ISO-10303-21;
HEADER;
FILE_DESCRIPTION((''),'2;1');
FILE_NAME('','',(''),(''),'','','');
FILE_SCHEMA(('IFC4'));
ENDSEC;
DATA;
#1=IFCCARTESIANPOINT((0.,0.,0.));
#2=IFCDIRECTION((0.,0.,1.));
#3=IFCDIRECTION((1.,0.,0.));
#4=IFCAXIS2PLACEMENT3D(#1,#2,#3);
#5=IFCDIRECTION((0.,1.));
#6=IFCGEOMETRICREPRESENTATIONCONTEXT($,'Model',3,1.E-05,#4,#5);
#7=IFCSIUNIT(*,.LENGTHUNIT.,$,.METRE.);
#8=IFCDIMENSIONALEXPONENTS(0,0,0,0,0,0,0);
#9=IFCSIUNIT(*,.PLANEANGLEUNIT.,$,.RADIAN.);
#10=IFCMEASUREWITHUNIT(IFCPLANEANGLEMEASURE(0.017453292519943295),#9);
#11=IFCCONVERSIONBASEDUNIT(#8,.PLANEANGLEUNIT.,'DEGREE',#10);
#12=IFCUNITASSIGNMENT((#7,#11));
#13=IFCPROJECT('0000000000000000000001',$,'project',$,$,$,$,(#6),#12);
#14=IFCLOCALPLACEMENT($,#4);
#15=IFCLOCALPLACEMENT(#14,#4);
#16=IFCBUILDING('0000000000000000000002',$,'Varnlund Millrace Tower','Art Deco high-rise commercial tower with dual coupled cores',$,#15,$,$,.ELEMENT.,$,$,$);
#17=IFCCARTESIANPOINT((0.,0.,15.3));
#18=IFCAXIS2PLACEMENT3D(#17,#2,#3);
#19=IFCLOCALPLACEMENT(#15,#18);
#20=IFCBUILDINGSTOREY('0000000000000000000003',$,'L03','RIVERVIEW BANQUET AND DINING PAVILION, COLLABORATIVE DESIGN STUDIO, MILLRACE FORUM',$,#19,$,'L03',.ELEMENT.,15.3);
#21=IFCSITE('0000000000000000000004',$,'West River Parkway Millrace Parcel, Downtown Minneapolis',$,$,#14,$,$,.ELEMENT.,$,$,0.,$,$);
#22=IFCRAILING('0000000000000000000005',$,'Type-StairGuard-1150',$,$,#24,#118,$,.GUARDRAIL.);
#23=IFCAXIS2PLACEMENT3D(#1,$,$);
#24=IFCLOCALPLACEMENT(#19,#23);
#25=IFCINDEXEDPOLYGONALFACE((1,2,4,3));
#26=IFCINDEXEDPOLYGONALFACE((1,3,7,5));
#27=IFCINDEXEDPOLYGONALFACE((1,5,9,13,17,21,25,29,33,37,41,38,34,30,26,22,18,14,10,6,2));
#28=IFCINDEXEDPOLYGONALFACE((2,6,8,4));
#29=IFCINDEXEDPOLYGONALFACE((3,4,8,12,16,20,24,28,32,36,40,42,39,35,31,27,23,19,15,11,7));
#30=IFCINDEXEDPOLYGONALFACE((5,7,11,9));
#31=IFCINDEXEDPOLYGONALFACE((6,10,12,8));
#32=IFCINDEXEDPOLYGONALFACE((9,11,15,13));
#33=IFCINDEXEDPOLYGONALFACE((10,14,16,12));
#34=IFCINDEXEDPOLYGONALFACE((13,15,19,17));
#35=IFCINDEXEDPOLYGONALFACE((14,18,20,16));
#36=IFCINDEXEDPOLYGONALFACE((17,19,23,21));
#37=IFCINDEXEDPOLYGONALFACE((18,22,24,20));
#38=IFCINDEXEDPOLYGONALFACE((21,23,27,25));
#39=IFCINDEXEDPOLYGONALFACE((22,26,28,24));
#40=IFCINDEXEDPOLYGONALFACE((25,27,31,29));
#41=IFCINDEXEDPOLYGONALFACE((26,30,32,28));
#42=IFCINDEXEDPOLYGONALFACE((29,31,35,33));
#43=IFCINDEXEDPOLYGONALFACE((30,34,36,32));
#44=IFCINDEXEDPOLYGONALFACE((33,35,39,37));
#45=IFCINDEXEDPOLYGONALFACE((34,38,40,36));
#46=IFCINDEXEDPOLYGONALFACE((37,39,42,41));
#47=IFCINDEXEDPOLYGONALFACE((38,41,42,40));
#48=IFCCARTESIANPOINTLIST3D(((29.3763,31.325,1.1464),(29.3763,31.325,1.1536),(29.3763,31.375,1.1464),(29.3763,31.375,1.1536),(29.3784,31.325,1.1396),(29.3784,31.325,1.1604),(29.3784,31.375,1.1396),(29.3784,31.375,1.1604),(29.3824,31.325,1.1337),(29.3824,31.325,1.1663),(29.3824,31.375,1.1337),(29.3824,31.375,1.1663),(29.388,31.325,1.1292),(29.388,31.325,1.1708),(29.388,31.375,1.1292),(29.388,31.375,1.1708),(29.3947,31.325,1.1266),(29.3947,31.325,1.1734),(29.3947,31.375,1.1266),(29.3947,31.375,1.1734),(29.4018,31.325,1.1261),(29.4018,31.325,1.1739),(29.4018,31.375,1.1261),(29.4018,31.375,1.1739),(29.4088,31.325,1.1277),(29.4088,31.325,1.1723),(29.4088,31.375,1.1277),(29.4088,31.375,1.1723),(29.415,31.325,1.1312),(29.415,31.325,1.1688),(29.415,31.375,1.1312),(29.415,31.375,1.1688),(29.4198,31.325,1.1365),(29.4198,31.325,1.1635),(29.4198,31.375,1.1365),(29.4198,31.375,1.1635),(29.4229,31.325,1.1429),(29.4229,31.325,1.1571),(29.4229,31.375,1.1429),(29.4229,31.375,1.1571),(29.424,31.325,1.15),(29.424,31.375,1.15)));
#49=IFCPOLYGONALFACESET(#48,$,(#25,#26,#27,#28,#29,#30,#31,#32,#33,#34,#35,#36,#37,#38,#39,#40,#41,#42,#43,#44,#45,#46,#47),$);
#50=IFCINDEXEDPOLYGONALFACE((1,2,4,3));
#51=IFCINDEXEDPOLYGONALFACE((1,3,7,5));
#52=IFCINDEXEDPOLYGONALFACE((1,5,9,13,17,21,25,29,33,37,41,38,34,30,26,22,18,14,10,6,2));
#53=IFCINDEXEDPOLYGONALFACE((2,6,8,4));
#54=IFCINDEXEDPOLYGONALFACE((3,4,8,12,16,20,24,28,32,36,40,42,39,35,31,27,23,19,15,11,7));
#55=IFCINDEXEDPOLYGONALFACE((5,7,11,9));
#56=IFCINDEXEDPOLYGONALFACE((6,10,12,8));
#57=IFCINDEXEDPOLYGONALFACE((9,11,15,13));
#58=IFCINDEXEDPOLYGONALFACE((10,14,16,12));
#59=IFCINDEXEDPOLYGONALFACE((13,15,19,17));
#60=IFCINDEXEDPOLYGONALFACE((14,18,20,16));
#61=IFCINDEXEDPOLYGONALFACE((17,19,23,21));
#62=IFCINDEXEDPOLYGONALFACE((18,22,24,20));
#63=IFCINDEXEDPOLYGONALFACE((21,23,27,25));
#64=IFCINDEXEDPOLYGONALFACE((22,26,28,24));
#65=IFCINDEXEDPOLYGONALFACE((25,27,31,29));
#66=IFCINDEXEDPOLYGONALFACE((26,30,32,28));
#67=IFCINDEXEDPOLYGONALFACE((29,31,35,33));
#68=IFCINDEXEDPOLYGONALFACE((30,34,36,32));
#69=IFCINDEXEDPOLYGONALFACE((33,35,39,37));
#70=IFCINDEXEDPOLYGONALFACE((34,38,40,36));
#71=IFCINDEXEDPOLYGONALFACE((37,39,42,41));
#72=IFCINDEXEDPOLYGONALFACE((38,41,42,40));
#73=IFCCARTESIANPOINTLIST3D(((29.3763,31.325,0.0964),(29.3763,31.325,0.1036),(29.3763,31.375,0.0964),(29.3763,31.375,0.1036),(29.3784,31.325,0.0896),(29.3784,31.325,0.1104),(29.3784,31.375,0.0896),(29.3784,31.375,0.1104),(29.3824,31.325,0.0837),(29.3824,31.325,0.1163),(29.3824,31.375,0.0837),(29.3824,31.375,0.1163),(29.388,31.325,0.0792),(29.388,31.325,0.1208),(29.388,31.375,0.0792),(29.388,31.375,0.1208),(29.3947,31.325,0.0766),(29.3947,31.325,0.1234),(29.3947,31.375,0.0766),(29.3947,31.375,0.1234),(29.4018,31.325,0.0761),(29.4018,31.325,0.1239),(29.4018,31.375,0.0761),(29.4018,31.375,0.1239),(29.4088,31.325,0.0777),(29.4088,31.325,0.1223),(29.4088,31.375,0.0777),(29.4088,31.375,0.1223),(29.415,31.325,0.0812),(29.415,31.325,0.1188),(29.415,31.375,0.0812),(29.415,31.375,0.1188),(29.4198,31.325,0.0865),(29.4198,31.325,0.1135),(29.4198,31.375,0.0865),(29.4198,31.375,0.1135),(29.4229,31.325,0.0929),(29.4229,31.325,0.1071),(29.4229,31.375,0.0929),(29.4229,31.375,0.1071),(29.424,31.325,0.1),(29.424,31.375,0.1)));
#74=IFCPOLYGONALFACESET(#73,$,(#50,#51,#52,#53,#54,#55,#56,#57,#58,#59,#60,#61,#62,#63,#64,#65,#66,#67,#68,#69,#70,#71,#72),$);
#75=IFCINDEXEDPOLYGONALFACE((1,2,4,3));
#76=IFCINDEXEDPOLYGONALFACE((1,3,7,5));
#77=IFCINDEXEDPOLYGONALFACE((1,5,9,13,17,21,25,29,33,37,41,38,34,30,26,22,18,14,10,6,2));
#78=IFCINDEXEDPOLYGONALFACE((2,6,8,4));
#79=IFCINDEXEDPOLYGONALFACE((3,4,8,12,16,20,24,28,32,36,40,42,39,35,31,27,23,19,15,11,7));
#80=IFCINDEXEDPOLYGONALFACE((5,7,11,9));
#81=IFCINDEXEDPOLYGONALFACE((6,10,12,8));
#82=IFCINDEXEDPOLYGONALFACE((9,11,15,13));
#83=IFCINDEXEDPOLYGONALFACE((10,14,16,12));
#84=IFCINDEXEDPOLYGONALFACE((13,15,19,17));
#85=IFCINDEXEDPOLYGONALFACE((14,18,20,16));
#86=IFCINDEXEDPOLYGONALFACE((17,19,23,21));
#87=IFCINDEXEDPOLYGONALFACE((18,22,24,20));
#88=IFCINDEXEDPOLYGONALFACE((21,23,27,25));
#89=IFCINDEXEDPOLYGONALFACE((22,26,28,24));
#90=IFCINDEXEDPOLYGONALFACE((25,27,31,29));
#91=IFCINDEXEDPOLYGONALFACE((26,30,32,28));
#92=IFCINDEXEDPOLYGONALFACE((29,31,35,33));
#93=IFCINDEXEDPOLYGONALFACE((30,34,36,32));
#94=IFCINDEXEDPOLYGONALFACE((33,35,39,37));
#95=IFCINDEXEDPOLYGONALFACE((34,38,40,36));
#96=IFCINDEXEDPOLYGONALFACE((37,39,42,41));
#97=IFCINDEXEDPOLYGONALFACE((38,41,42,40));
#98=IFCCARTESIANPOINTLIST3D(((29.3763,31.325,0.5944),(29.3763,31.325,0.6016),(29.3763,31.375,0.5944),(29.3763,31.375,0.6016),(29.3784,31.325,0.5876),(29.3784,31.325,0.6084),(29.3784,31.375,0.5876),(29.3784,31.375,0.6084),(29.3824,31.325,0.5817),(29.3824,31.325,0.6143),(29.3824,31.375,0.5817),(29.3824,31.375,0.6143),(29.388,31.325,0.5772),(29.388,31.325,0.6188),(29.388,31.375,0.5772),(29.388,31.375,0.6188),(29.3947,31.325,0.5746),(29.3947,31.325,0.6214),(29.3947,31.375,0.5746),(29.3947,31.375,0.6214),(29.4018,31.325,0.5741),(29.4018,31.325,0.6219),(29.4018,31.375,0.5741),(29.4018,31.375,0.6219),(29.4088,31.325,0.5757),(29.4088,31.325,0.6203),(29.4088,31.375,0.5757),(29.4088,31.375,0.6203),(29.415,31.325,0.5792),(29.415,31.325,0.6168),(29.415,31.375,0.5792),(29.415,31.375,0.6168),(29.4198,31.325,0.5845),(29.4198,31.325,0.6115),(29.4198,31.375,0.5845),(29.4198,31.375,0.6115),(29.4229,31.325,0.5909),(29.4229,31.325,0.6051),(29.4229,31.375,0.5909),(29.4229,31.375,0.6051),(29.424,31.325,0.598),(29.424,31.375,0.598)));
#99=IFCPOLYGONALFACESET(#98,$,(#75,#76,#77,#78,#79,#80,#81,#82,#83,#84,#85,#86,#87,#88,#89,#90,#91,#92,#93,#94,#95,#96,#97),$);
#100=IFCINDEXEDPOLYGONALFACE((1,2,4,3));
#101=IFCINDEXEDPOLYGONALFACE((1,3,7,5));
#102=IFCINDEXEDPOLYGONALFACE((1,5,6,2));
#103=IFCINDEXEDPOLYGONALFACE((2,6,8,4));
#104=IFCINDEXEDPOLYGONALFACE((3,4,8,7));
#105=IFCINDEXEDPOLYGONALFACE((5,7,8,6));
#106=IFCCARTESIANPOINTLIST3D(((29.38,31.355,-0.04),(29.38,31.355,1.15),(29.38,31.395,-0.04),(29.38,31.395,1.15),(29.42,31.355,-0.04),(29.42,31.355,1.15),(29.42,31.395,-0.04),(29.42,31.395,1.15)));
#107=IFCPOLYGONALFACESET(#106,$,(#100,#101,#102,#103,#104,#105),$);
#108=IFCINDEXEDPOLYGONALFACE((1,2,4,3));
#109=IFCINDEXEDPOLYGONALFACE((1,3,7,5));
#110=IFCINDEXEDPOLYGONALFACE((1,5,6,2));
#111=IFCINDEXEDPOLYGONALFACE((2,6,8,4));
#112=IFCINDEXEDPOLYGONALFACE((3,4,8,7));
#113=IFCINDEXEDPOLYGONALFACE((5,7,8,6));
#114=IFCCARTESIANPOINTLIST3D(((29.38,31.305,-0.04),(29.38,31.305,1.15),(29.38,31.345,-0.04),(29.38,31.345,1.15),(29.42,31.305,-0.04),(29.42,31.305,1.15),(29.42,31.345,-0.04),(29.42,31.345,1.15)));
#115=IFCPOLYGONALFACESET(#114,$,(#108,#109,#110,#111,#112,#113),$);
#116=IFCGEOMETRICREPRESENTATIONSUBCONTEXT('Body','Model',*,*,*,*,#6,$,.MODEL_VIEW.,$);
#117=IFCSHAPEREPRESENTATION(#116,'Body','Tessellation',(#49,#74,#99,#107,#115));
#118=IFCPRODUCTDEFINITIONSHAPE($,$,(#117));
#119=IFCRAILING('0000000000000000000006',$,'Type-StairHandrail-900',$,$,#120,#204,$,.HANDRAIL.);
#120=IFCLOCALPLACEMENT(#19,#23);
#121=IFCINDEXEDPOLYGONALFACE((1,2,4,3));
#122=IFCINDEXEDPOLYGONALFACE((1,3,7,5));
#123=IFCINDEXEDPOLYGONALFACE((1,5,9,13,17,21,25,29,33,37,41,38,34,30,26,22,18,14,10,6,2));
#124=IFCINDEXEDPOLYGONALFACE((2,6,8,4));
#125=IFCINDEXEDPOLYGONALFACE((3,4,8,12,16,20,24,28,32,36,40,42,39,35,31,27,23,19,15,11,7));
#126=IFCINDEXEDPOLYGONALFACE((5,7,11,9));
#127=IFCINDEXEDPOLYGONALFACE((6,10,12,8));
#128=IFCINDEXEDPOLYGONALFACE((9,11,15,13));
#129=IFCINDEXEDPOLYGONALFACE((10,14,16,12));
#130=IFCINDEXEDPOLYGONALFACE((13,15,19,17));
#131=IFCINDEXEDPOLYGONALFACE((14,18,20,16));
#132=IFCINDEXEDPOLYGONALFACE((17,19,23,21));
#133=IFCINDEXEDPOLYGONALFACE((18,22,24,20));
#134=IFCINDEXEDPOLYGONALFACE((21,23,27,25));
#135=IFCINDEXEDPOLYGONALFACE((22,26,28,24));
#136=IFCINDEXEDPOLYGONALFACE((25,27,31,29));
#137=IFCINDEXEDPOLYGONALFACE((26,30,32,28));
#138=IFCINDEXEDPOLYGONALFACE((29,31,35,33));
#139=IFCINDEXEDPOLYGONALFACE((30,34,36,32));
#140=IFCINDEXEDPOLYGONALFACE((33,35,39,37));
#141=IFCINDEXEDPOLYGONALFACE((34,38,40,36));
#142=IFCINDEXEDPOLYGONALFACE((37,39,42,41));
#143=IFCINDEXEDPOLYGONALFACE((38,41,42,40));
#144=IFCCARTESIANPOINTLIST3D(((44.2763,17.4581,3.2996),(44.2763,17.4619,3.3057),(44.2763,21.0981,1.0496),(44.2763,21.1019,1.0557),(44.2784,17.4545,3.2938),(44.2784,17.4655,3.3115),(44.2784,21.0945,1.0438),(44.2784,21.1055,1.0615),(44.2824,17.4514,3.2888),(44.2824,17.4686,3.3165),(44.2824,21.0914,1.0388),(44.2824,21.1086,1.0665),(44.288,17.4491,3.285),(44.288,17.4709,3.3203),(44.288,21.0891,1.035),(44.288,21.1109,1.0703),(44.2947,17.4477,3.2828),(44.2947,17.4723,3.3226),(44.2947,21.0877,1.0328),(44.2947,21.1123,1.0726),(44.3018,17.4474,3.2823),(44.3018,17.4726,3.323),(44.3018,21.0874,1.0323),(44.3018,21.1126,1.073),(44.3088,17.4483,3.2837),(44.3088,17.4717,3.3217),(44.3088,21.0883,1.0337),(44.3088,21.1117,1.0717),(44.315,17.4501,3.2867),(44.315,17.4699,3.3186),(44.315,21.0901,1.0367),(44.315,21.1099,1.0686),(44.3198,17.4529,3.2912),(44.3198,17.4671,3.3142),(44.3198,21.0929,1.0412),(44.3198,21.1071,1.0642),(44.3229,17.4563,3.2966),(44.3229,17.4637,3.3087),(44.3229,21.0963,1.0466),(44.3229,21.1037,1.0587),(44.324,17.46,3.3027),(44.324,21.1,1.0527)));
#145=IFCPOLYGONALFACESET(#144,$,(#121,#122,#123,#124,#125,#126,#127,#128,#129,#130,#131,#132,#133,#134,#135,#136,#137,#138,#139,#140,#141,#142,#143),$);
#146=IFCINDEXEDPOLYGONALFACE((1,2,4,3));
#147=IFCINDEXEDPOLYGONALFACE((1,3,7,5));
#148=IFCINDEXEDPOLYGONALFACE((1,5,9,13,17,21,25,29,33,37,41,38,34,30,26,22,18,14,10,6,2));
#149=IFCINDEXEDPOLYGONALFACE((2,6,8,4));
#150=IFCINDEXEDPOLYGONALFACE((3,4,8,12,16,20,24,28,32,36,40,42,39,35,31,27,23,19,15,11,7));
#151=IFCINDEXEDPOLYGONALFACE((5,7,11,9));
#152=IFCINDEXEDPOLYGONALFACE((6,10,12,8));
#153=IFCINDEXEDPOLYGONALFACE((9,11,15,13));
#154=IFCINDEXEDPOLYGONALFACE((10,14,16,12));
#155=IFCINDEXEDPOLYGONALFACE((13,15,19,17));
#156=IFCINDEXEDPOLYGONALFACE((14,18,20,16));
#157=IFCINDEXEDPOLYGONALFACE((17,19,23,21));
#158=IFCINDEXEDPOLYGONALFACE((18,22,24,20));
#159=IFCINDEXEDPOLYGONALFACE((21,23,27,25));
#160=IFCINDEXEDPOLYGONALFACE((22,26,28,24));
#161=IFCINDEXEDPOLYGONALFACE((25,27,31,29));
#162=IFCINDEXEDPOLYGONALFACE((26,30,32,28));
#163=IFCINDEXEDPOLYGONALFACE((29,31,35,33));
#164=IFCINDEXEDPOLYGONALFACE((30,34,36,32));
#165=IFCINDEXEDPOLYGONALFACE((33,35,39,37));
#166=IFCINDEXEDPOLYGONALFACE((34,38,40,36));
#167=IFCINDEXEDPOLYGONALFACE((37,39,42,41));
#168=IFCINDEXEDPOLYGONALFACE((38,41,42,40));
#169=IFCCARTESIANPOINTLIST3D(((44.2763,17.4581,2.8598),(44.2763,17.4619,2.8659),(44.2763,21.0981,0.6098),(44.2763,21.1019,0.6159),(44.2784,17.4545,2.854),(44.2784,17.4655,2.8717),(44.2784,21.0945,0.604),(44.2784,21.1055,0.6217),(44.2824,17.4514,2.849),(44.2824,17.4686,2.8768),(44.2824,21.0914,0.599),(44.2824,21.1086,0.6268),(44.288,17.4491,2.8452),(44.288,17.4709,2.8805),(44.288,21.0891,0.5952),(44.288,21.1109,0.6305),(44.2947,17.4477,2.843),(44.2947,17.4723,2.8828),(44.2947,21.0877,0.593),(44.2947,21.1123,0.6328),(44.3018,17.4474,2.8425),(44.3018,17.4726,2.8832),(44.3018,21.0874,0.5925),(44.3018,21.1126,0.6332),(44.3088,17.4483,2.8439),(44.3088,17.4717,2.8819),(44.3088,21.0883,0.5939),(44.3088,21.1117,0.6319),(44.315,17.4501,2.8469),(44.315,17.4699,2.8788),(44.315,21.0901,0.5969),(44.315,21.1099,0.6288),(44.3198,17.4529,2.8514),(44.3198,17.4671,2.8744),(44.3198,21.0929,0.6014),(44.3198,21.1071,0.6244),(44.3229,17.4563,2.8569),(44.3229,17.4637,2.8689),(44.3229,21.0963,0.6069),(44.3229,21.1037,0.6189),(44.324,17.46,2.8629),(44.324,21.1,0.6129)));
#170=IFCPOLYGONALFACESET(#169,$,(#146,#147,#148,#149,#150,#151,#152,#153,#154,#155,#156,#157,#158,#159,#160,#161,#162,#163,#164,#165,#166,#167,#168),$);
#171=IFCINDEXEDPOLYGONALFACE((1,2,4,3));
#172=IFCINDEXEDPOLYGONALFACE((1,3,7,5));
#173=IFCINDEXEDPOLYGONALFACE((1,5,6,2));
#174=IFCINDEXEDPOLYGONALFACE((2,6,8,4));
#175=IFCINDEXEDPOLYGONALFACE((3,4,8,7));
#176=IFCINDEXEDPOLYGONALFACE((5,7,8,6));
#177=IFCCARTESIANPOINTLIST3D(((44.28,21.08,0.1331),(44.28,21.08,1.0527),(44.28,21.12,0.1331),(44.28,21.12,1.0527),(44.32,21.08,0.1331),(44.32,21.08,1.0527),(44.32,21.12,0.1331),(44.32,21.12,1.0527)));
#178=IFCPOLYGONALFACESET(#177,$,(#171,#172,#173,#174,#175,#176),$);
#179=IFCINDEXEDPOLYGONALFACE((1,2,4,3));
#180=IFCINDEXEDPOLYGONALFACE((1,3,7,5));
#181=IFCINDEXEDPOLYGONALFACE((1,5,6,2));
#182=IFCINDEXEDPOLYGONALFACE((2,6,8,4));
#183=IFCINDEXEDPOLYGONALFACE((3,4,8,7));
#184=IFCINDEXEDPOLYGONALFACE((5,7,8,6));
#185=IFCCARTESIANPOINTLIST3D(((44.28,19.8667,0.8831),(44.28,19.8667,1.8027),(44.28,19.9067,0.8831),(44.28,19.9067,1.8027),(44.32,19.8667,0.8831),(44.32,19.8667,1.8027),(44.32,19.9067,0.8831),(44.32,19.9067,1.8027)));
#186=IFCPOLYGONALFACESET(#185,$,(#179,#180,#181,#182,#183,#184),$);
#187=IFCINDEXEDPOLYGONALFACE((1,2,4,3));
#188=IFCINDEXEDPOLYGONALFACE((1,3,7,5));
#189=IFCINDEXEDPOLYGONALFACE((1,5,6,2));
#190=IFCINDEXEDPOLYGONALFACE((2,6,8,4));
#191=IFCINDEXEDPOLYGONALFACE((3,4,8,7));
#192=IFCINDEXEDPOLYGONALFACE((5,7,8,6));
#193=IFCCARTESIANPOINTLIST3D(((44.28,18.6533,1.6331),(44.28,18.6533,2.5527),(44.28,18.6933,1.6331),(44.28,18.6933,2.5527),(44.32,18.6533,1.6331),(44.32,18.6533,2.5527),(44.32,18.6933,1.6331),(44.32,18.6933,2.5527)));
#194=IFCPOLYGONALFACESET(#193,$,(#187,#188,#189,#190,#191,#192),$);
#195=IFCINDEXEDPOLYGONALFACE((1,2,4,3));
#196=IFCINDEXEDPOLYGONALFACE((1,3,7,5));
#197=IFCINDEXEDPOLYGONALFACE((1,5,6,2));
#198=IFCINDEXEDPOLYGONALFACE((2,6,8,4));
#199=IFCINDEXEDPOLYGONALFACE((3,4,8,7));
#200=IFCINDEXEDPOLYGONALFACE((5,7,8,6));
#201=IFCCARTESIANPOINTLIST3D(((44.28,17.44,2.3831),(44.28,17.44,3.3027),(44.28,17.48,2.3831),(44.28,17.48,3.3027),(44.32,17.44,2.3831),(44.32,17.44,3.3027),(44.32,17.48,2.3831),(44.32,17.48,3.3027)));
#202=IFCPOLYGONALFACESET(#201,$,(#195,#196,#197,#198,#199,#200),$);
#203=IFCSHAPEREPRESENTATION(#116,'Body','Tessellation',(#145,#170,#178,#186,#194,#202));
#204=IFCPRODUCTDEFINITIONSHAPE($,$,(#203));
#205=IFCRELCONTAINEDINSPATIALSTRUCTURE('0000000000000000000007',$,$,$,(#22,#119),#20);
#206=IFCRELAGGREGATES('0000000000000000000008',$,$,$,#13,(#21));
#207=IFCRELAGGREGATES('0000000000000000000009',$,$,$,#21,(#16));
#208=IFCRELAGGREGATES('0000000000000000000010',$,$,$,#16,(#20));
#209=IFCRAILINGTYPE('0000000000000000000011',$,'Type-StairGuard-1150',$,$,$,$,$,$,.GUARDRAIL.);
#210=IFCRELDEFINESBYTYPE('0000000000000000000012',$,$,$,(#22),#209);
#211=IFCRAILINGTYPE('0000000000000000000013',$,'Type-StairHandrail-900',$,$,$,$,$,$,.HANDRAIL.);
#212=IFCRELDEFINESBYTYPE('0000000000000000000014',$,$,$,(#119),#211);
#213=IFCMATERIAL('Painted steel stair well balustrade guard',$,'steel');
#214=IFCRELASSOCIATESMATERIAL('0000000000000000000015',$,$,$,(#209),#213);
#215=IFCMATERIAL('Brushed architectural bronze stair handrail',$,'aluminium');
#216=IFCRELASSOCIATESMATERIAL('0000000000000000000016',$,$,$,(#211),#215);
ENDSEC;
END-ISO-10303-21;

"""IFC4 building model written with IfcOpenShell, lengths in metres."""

from ifc_helpers import new_model, entity, si_unit, converted_unit, direction, frame, origin_with_axes, origin_2d_with_axis, place, context, subcontext, project, spatial, rectangle, circle, extrude, material, type_object, element, save


model = new_model("IFC4")

# Units and contexts
model_context = context("Model", 3, precision=1e-05, world=origin_with_axes(), true_north=direction((0.0, 1.0)))
body_context = subcontext(model_context, "Body", "Model", "MODEL_VIEW")
ifc_project = project(units=[si_unit("LENGTHUNIT", "METRE"), converted_unit("PLANEANGLEUNIT", "DEGREE", entity("IfcPlaneAngleMeasure", 0.017453292519943295), si_unit("PLANEANGLEUNIT", "RADIAN"), dimensions=[0, 0, 0, 0, 0, 0, 0])], contexts=[model_context])

# Site, building, storey
site_placement = place(None, origin_with_axes())
site = spatial("IfcSite", under=ifc_project, at=site_placement, Name="West River Parkway Millrace Parcel, Downtown Minneapolis", CompositionType="ELEMENT", RefElevation=0.0)
building_placement = place(site_placement, origin_with_axes())
building = spatial("IfcBuilding", under=site, at=building_placement, Name="Varnlund Millrace Tower", Description="Art Deco high-rise commercial tower with dual coupled cores", CompositionType="ELEMENT")
storey_placement = place(building_placement, frame((0.0, 0.0, 15.3), z_axis=(0.0, 0.0, 1.0), x_axis=(1.0, 0.0, 0.0)))
storey = spatial("IfcBuildingStorey", under=building, at=storey_placement, Name="L03", Description="RIVERVIEW BANQUET AND DINING PAVILION, COLLABORATIVE DESIGN STUDIO, MILLRACE FORUM", LongName="L03", CompositionType="ELEMENT", Elevation=15.3)

# Railings
ifc_material_1 = material(Name="Painted steel stair well balustrade guard", Category="steel")
railing_type_1 = type_object("IfcRailingType", Name="Type-StairGuard-1150", PredefinedType="GUARDRAIL", material=ifc_material_1)
railing_1_placement = place(storey_placement, frame((0.0, 0.0, -15.3), z_axis=(0.0, 0.0, 1.0), x_axis=(1.0, 0.0, 0.0)))
element("IfcRailing", 1, at=railing_1_placement, inside=storey, type_object=railing_type_1, Name="Type-StairGuard-1150", PredefinedType="GUARDRAIL", context=body_context, shape_type="SweptSolid", body=[
    extrude(circle(Radius=0.024, at=origin_2d_with_axis()), frame((29.4, 31.375, 16.45), z_axis=(0.0, -1.0, 0.0), x_axis=(1.0, 0.0, 0.0)), (0.0, 0.0, 1.0), 0.05),
    extrude(circle(Radius=0.024, at=origin_2d_with_axis()), frame((29.4, 31.375, 15.4), z_axis=(0.0, -1.0, 0.0), x_axis=(1.0, 0.0, 0.0)), (0.0, 0.0, 1.0), 0.05),
    extrude(circle(Radius=0.024, at=origin_2d_with_axis()), frame((29.4, 31.375, 15.898), z_axis=(0.0, -1.0, 0.0), x_axis=(1.0, 0.0, 0.0)), (0.0, 0.0, 1.0), 0.05),
    extrude(rectangle(XDim=0.04, YDim=0.04, at=origin_2d_with_axis()), frame((29.4, 31.375, 15.26), z_axis=(0.0, 0.0, 1.0), x_axis=(1.0, 0.0, 0.0)), (0.0, 0.0, 1.0), 1.19),
    extrude(rectangle(XDim=0.04, YDim=0.04, at=origin_2d_with_axis()), frame((29.4, 31.325, 15.26), z_axis=(0.0, 0.0, 1.0), x_axis=(1.0, 0.0, 0.0)), (0.0, 0.0, 1.0), 1.19),
])
ifc_material_2 = material(Name="Brushed architectural bronze stair handrail", Category="aluminium")
railing_type_2 = type_object("IfcRailingType", Name="Type-StairHandrail-900", PredefinedType="HANDRAIL", material=ifc_material_2)
railing_2_placement = place(storey_placement, frame((0.0, 0.0, -15.3), z_axis=(0.0, 0.0, 1.0), x_axis=(1.0, 0.0, 0.0)))
element("IfcRailing", 2, at=railing_2_placement, inside=storey, type_object=railing_type_2, Name="Type-StairHandrail-900", PredefinedType="HANDRAIL", context=body_context, shape_type="SweptSolid", body=[
    extrude(circle(Radius=0.024, at=origin_2d_with_axis()), frame((44.3, 21.1, 16.3527), z_axis=(0.0, -0.850614, 0.525791), x_axis=(1.0, 0.0, 0.0)), (0.0, 0.0, 1.0), 4.2793),
    extrude(circle(Radius=0.024, at=origin_2d_with_axis()), frame((44.3, 21.1, 15.9129), z_axis=(0.0, -0.850614, 0.525791), x_axis=(1.0, 0.0, 0.0)), (0.0, 0.0, 1.0), 4.2793),
    extrude(rectangle(XDim=0.04, YDim=0.04, at=origin_2d_with_axis()), frame((44.3, 21.1, 15.4331), z_axis=(0.0, 0.0, 1.0), x_axis=(1.0, 0.0, 0.0)), (0.0, 0.0, 1.0), 0.9196),
    extrude(rectangle(XDim=0.04, YDim=0.04, at=origin_2d_with_axis()), frame((44.3, 19.8867, 16.1831), z_axis=(0.0, 0.0, 1.0), x_axis=(1.0, 0.0, 0.0)), (0.0, 0.0, 1.0), 0.9196),
    extrude(rectangle(XDim=0.04, YDim=0.04, at=origin_2d_with_axis()), frame((44.3, 18.6733, 16.9331), z_axis=(0.0, 0.0, 1.0), x_axis=(1.0, 0.0, 0.0)), (0.0, 0.0, 1.0), 0.9196),
    extrude(rectangle(XDim=0.04, YDim=0.04, at=origin_2d_with_axis()), frame((44.3, 17.46, 17.6831), z_axis=(0.0, 0.0, 1.0), x_axis=(1.0, 0.0, 0.0)), (0.0, 0.0, 1.0), 0.9196),
])

save(model, "model.ifc")
